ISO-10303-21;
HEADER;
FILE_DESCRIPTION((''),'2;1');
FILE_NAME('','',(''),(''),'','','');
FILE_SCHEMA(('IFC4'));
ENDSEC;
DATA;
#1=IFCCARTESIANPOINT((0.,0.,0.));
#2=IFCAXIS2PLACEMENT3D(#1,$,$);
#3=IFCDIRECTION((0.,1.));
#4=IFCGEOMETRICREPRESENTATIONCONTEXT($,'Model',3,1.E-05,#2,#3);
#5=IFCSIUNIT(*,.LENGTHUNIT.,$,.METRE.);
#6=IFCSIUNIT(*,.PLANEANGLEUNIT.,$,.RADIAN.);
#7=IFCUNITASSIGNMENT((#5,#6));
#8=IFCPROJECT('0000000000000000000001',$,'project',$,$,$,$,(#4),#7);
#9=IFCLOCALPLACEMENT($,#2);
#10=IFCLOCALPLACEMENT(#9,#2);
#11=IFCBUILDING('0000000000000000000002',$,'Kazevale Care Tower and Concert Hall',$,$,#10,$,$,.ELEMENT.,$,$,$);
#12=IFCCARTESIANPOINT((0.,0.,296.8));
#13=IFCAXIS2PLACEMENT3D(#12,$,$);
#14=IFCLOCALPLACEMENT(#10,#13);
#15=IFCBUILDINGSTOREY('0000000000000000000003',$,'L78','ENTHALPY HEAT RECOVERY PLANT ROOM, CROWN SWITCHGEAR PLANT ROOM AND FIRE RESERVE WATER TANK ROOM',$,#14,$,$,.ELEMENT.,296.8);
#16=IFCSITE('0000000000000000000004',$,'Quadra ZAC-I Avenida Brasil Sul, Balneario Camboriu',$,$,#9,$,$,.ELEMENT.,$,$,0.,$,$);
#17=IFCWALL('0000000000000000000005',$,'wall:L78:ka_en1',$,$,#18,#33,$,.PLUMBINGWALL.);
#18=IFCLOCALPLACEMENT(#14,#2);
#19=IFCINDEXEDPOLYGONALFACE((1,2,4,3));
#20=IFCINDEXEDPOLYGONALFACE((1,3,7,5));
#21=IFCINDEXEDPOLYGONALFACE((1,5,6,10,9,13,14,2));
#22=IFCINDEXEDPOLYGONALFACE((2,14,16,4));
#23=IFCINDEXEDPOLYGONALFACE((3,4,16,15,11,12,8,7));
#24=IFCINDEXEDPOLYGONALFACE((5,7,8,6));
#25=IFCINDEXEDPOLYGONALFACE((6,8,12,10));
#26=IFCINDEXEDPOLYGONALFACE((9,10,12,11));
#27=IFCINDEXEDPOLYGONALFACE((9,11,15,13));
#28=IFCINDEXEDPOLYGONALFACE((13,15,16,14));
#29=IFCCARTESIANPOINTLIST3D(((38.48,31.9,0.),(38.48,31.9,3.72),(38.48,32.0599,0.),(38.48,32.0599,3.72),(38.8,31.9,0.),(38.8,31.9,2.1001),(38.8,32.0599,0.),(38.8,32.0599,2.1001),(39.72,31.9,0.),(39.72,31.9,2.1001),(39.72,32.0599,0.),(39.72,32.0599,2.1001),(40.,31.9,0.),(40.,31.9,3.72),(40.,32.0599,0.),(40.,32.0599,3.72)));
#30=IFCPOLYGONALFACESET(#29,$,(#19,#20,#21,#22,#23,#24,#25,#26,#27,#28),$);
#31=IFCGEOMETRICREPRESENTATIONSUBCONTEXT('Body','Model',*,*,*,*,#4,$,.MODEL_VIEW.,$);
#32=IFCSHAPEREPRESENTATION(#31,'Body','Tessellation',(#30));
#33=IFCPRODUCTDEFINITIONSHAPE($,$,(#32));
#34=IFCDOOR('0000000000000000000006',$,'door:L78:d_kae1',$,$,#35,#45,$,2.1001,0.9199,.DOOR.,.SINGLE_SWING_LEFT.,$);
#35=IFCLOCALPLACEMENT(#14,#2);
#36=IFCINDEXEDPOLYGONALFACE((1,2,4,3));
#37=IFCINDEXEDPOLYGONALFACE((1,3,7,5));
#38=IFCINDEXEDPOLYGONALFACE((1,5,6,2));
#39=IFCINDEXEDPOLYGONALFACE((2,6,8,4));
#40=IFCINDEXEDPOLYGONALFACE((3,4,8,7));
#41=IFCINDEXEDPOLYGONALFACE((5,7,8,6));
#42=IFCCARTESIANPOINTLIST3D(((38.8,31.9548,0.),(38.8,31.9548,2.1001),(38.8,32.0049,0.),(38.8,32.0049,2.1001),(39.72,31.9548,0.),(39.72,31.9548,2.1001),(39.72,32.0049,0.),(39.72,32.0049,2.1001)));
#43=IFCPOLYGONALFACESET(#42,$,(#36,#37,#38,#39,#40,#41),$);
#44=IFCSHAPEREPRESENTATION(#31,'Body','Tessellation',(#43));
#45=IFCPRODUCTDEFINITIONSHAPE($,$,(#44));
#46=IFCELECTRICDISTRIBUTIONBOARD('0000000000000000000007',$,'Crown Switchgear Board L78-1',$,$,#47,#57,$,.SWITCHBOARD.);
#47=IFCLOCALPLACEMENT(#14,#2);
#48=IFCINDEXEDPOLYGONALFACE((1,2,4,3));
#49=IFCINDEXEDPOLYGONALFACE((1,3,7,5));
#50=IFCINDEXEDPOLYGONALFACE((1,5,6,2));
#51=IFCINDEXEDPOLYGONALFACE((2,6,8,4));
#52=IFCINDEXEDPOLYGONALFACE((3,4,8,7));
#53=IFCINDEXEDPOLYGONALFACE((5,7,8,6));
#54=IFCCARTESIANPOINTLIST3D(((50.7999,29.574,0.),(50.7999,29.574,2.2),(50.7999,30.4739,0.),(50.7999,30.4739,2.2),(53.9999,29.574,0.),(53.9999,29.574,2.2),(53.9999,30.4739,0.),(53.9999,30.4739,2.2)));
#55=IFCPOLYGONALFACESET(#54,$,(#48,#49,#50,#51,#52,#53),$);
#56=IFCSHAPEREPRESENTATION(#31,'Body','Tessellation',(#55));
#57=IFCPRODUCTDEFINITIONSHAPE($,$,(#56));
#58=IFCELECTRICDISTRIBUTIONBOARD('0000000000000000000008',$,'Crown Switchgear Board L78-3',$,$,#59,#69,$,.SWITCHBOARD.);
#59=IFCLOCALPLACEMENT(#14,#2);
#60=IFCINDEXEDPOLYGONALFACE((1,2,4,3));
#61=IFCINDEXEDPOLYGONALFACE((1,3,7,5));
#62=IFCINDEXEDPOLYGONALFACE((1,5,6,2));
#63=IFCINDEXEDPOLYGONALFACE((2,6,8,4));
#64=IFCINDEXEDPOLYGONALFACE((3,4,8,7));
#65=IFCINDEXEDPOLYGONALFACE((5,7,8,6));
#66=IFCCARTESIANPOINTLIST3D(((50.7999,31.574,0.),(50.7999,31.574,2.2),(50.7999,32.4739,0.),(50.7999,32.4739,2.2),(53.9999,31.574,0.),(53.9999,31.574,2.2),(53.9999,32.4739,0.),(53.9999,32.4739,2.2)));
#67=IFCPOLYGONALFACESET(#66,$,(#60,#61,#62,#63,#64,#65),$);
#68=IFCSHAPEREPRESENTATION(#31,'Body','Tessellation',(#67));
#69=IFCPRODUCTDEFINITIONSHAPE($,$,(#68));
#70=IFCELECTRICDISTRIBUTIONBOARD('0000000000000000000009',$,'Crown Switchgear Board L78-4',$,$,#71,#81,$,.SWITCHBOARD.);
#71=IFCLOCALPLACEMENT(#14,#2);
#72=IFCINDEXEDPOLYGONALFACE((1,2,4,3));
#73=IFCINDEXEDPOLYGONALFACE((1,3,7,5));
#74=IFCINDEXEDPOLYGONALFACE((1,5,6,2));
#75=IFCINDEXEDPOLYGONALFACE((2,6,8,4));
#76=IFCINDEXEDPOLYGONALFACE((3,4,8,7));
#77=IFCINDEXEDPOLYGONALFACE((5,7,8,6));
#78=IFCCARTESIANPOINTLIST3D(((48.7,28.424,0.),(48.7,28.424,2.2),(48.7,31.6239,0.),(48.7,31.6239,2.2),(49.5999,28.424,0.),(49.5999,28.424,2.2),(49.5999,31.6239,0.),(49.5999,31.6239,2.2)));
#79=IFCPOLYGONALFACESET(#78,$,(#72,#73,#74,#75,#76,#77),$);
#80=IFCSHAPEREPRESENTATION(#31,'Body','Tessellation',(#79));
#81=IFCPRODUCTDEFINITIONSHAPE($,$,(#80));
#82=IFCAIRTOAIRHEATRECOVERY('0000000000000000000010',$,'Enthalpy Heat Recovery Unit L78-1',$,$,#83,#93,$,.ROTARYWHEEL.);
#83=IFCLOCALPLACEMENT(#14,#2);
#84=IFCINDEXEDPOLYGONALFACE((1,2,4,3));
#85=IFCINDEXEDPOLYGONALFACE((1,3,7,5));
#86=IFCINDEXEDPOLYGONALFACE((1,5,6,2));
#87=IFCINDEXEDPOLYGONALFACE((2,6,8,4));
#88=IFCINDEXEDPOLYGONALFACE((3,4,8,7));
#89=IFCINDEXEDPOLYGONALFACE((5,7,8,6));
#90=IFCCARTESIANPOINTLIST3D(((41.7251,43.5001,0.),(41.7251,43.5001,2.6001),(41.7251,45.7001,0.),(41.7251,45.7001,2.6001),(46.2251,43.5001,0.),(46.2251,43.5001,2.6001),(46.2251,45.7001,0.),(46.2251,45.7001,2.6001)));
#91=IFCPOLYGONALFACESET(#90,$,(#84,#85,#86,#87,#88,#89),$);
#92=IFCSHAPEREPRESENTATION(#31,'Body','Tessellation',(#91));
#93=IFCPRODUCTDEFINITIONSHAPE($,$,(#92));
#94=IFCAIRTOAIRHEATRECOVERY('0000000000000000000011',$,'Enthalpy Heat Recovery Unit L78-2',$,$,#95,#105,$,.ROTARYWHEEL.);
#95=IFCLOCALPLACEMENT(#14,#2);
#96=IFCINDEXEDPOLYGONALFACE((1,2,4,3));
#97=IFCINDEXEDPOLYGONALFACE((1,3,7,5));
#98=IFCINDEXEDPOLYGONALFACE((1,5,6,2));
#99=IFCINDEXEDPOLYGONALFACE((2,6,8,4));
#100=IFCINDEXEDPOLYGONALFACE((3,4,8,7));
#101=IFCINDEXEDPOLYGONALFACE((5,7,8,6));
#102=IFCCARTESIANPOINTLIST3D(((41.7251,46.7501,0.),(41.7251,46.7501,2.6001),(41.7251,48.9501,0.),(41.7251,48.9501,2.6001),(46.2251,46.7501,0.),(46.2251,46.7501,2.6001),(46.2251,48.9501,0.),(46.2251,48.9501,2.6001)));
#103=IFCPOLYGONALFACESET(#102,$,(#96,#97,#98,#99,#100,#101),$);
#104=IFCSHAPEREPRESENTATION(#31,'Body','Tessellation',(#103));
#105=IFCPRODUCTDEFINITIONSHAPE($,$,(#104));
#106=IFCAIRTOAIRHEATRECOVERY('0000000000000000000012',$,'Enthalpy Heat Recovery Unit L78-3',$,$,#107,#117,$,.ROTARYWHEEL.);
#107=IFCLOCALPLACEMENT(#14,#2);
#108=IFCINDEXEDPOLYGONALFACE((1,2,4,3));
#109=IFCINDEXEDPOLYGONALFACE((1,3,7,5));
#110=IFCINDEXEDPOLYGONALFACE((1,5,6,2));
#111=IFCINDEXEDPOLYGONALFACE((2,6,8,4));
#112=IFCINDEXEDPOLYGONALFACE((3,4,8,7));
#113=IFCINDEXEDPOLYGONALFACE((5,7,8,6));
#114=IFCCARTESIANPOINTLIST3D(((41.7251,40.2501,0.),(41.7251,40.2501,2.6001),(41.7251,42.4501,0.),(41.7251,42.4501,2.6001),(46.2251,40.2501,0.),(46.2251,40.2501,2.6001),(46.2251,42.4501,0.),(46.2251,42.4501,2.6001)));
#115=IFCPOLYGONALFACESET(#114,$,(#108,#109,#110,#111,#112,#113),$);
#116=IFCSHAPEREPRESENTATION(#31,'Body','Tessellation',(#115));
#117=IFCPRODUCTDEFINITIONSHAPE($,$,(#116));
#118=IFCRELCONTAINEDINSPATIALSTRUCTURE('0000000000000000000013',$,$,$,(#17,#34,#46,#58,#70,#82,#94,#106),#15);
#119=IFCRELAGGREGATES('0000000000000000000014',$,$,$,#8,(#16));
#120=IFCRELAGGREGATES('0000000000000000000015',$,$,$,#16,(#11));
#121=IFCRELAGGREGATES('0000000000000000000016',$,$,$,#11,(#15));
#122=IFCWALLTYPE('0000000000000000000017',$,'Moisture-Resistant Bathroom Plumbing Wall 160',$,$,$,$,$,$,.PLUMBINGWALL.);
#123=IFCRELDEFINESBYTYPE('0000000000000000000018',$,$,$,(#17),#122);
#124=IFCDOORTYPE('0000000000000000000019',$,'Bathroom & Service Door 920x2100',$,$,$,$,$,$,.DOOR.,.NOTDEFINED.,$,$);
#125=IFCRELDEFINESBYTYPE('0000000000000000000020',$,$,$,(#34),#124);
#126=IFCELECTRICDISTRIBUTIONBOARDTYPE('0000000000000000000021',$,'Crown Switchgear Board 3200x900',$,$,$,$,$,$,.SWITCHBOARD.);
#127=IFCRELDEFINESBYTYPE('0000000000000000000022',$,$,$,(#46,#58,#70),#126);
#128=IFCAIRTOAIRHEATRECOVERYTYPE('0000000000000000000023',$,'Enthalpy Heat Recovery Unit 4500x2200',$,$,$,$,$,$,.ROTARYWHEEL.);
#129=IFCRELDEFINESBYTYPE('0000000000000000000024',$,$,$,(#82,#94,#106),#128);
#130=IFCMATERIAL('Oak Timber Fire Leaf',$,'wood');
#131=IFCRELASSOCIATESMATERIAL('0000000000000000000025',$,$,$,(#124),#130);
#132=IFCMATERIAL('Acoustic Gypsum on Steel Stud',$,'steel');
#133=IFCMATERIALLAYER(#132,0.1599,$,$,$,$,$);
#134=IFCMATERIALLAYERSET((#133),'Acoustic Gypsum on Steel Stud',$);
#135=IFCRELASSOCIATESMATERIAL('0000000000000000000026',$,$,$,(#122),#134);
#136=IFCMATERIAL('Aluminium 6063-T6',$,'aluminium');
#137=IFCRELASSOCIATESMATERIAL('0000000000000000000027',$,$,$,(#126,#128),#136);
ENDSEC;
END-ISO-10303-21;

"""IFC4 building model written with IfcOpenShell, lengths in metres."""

from ifc_helpers import new_model, si_unit, direction, frame, frame_2d, origin, origin_2d, place, context, subcontext, project, spatial, rectangle, extrude, material, layer, layer_set, type_object, element, fill, save


model = new_model("IFC4")

# Units and contexts
model_context = context("Model", 3, precision=1e-05, world=origin(), true_north=direction((0.0, 1.0)))
body_context = subcontext(model_context, "Body", "Model", "MODEL_VIEW")
ifc_project = project(units=[si_unit("LENGTHUNIT", "METRE"), si_unit("PLANEANGLEUNIT", "RADIAN")], contexts=[model_context])

# Site, building, storey
site_placement = place(None, origin())
site = spatial("IfcSite", under=ifc_project, at=site_placement, Name="Quadra ZAC-I Avenida Brasil Sul, Balneario Camboriu", CompositionType="ELEMENT", RefElevation=0.0)
building_placement = place(site_placement, origin())
building = spatial("IfcBuilding", under=site, at=building_placement, Name="Kazevale Care Tower and Concert Hall", CompositionType="ELEMENT")
storey_placement = place(building_placement, frame((0.0, 0.0, 296.8)))
storey = spatial("IfcBuildingStorey", under=building, at=storey_placement, Name="L78", Description="ENTHALPY HEAT RECOVERY PLANT ROOM, CROWN SWITCHGEAR PLANT ROOM AND FIRE RESERVE WATER TANK ROOM", CompositionType="ELEMENT", Elevation=296.8)

# Shared definitions
ifc_material_1 = material(Name="Acoustic Gypsum on Steel Stud", Category="steel")

# Shared definitions
ifc_material_2 = material(Name="Oak Timber Fire Leaf", Category="wood")
door_type_1 = type_object("IfcDoorType", Name="Bathroom & Service Door 920x2100", OperationType="NOTDEFINED", PredefinedType="DOOR", material=ifc_material_2)

# Shared definitions
ifc_material_3 = material(Name="Aluminium 6063-T6", Category="aluminium")

# Wall, opening, door
ifc_layer_1 = layer(ifc_material_1, 0.1599)
ifc_layer_set_1 = layer_set([ifc_layer_1], Name="Acoustic Gypsum on Steel Stud")
wall_type_1 = type_object("IfcWallType", Name="Moisture-Resistant Bathroom Plumbing Wall 160", PredefinedType="PLUMBINGWALL", material=ifc_layer_set_1)
wall_1_placement = place(storey_placement, frame((38.48, 31.98, 0.0), z_axis=(0.0, 0.0, 1.0), x_axis=(1.0, 0.0, 0.0)))
wall_1 = element("IfcWall", 1, at=wall_1_placement, inside=storey, type_object=wall_type_1, Name="wall:L78:ka_en1", PredefinedType="PLUMBINGWALL", context=body_context, shape_type="SweptSolid", body=[
    extrude(rectangle(XDim=1.52, YDim=0.1599, at=frame_2d((0.76, 0.0))), origin(), (0.0, 0.0, 1.0), 3.72),
])
opening_1_placement = place(wall_1_placement, frame((0.3201, 0.0, 0.0)))
opening_1 = element("IfcOpeningElement", 2, at=opening_1_placement, cuts=wall_1, PredefinedType="OPENING", context=body_context, shape_type="SweptSolid", body=[
    extrude(rectangle(XDim=0.9199, YDim=2.1001, at=frame_2d((0.46, 1.05))), frame((0.0, 0.0898, 0.0), z_axis=(0.0, -1.0, 0.0), x_axis=(1.0, 0.0, 0.0)), (0.0, 0.0, 1.0), 0.1799),
])
door_1_placement = place(opening_1_placement, origin())
door_1 = element("IfcDoor", 3, at=door_1_placement, inside=storey, type_object=door_type_1, Name="door:L78:d_kae1", OperationType="SINGLE_SWING_LEFT", OverallHeight=2.1001, OverallWidth=0.9199, PredefinedType="DOOR", context=body_context, shape_type="SweptSolid", body=[
    extrude(rectangle(XDim=0.9199, YDim=2.1001, at=frame_2d((0.46, 1.05))), frame((0.0, 0.0249, 0.0), z_axis=(0.0, -1.0, 0.0), x_axis=(1.0, 0.0, 0.0)), (0.0, 0.0, 1.0), 0.05),
])
fill(opening_1, door_1)

# Electric distribution boards
electric_distribution_board_type = type_object("IfcElectricDistributionBoardType", Name="Crown Switchgear Board 3200x900", PredefinedType="SWITCHBOARD", material=ifc_material_3)
for number, where, z_axis, x_axis, name in (
    (4, (52.3999, 30.0239, 0.0), (0.0, 0.0, 1.0), (1.0, 0.0, 0.0), "Crown Switchgear Board L78-1"),
    (5, (52.3999, 32.0239, 0.0), (0.0, 0.0, 1.0), (1.0, 0.0, 0.0), "Crown Switchgear Board L78-3"),
    (6, (49.1499, 30.0239, 0.0), (0.0, 0.0, 1.0), (0.0, 1.0, 0.0), "Crown Switchgear Board L78-4"),
):
    element("IfcElectricDistributionBoard", number, at=place(storey_placement, frame(where, z_axis=z_axis, x_axis=x_axis)), inside=storey, type_object=electric_distribution_board_type, Name=name, PredefinedType="SWITCHBOARD", context=body_context, shape_type="SweptSolid", body=[
        extrude(rectangle(XDim=3.2, YDim=0.8999, at=origin_2d()), origin(), (0.0, 0.0, 1.0), 2.2),
    ])

# Air to air heat recoveries
air_to_air_heat_recovery_type = type_object("IfcAirToAirHeatRecoveryType", Name="Enthalpy Heat Recovery Unit 4500x2200", PredefinedType="ROTARYWHEEL", material=ifc_material_3)
for number, where, z_axis, x_axis, name in (
    (7, (43.9751, 44.6001, 0.0), (0.0, 0.0, 1.0), (1.0, 0.0, 0.0), "Enthalpy Heat Recovery Unit L78-1"),
    (8, (43.9751, 47.8501, 0.0), (0.0, 0.0, 1.0), (1.0, 0.0, 0.0), "Enthalpy Heat Recovery Unit L78-2"),
    (9, (43.9751, 41.3501, 0.0), (0.0, 0.0, 1.0), (1.0, 0.0, 0.0), "Enthalpy Heat Recovery Unit L78-3"),
):
    element("IfcAirToAirHeatRecovery", number, at=place(storey_placement, frame(where, z_axis=z_axis, x_axis=x_axis)), inside=storey, type_object=air_to_air_heat_recovery_type, Name=name, PredefinedType="ROTARYWHEEL", context=body_context, shape_type="SweptSolid", body=[
        extrude(rectangle(XDim=4.5, YDim=2.2, at=origin_2d()), origin(), (0.0, 0.0, 1.0), 2.6001),
    ])

save(model, "model.ifc")
